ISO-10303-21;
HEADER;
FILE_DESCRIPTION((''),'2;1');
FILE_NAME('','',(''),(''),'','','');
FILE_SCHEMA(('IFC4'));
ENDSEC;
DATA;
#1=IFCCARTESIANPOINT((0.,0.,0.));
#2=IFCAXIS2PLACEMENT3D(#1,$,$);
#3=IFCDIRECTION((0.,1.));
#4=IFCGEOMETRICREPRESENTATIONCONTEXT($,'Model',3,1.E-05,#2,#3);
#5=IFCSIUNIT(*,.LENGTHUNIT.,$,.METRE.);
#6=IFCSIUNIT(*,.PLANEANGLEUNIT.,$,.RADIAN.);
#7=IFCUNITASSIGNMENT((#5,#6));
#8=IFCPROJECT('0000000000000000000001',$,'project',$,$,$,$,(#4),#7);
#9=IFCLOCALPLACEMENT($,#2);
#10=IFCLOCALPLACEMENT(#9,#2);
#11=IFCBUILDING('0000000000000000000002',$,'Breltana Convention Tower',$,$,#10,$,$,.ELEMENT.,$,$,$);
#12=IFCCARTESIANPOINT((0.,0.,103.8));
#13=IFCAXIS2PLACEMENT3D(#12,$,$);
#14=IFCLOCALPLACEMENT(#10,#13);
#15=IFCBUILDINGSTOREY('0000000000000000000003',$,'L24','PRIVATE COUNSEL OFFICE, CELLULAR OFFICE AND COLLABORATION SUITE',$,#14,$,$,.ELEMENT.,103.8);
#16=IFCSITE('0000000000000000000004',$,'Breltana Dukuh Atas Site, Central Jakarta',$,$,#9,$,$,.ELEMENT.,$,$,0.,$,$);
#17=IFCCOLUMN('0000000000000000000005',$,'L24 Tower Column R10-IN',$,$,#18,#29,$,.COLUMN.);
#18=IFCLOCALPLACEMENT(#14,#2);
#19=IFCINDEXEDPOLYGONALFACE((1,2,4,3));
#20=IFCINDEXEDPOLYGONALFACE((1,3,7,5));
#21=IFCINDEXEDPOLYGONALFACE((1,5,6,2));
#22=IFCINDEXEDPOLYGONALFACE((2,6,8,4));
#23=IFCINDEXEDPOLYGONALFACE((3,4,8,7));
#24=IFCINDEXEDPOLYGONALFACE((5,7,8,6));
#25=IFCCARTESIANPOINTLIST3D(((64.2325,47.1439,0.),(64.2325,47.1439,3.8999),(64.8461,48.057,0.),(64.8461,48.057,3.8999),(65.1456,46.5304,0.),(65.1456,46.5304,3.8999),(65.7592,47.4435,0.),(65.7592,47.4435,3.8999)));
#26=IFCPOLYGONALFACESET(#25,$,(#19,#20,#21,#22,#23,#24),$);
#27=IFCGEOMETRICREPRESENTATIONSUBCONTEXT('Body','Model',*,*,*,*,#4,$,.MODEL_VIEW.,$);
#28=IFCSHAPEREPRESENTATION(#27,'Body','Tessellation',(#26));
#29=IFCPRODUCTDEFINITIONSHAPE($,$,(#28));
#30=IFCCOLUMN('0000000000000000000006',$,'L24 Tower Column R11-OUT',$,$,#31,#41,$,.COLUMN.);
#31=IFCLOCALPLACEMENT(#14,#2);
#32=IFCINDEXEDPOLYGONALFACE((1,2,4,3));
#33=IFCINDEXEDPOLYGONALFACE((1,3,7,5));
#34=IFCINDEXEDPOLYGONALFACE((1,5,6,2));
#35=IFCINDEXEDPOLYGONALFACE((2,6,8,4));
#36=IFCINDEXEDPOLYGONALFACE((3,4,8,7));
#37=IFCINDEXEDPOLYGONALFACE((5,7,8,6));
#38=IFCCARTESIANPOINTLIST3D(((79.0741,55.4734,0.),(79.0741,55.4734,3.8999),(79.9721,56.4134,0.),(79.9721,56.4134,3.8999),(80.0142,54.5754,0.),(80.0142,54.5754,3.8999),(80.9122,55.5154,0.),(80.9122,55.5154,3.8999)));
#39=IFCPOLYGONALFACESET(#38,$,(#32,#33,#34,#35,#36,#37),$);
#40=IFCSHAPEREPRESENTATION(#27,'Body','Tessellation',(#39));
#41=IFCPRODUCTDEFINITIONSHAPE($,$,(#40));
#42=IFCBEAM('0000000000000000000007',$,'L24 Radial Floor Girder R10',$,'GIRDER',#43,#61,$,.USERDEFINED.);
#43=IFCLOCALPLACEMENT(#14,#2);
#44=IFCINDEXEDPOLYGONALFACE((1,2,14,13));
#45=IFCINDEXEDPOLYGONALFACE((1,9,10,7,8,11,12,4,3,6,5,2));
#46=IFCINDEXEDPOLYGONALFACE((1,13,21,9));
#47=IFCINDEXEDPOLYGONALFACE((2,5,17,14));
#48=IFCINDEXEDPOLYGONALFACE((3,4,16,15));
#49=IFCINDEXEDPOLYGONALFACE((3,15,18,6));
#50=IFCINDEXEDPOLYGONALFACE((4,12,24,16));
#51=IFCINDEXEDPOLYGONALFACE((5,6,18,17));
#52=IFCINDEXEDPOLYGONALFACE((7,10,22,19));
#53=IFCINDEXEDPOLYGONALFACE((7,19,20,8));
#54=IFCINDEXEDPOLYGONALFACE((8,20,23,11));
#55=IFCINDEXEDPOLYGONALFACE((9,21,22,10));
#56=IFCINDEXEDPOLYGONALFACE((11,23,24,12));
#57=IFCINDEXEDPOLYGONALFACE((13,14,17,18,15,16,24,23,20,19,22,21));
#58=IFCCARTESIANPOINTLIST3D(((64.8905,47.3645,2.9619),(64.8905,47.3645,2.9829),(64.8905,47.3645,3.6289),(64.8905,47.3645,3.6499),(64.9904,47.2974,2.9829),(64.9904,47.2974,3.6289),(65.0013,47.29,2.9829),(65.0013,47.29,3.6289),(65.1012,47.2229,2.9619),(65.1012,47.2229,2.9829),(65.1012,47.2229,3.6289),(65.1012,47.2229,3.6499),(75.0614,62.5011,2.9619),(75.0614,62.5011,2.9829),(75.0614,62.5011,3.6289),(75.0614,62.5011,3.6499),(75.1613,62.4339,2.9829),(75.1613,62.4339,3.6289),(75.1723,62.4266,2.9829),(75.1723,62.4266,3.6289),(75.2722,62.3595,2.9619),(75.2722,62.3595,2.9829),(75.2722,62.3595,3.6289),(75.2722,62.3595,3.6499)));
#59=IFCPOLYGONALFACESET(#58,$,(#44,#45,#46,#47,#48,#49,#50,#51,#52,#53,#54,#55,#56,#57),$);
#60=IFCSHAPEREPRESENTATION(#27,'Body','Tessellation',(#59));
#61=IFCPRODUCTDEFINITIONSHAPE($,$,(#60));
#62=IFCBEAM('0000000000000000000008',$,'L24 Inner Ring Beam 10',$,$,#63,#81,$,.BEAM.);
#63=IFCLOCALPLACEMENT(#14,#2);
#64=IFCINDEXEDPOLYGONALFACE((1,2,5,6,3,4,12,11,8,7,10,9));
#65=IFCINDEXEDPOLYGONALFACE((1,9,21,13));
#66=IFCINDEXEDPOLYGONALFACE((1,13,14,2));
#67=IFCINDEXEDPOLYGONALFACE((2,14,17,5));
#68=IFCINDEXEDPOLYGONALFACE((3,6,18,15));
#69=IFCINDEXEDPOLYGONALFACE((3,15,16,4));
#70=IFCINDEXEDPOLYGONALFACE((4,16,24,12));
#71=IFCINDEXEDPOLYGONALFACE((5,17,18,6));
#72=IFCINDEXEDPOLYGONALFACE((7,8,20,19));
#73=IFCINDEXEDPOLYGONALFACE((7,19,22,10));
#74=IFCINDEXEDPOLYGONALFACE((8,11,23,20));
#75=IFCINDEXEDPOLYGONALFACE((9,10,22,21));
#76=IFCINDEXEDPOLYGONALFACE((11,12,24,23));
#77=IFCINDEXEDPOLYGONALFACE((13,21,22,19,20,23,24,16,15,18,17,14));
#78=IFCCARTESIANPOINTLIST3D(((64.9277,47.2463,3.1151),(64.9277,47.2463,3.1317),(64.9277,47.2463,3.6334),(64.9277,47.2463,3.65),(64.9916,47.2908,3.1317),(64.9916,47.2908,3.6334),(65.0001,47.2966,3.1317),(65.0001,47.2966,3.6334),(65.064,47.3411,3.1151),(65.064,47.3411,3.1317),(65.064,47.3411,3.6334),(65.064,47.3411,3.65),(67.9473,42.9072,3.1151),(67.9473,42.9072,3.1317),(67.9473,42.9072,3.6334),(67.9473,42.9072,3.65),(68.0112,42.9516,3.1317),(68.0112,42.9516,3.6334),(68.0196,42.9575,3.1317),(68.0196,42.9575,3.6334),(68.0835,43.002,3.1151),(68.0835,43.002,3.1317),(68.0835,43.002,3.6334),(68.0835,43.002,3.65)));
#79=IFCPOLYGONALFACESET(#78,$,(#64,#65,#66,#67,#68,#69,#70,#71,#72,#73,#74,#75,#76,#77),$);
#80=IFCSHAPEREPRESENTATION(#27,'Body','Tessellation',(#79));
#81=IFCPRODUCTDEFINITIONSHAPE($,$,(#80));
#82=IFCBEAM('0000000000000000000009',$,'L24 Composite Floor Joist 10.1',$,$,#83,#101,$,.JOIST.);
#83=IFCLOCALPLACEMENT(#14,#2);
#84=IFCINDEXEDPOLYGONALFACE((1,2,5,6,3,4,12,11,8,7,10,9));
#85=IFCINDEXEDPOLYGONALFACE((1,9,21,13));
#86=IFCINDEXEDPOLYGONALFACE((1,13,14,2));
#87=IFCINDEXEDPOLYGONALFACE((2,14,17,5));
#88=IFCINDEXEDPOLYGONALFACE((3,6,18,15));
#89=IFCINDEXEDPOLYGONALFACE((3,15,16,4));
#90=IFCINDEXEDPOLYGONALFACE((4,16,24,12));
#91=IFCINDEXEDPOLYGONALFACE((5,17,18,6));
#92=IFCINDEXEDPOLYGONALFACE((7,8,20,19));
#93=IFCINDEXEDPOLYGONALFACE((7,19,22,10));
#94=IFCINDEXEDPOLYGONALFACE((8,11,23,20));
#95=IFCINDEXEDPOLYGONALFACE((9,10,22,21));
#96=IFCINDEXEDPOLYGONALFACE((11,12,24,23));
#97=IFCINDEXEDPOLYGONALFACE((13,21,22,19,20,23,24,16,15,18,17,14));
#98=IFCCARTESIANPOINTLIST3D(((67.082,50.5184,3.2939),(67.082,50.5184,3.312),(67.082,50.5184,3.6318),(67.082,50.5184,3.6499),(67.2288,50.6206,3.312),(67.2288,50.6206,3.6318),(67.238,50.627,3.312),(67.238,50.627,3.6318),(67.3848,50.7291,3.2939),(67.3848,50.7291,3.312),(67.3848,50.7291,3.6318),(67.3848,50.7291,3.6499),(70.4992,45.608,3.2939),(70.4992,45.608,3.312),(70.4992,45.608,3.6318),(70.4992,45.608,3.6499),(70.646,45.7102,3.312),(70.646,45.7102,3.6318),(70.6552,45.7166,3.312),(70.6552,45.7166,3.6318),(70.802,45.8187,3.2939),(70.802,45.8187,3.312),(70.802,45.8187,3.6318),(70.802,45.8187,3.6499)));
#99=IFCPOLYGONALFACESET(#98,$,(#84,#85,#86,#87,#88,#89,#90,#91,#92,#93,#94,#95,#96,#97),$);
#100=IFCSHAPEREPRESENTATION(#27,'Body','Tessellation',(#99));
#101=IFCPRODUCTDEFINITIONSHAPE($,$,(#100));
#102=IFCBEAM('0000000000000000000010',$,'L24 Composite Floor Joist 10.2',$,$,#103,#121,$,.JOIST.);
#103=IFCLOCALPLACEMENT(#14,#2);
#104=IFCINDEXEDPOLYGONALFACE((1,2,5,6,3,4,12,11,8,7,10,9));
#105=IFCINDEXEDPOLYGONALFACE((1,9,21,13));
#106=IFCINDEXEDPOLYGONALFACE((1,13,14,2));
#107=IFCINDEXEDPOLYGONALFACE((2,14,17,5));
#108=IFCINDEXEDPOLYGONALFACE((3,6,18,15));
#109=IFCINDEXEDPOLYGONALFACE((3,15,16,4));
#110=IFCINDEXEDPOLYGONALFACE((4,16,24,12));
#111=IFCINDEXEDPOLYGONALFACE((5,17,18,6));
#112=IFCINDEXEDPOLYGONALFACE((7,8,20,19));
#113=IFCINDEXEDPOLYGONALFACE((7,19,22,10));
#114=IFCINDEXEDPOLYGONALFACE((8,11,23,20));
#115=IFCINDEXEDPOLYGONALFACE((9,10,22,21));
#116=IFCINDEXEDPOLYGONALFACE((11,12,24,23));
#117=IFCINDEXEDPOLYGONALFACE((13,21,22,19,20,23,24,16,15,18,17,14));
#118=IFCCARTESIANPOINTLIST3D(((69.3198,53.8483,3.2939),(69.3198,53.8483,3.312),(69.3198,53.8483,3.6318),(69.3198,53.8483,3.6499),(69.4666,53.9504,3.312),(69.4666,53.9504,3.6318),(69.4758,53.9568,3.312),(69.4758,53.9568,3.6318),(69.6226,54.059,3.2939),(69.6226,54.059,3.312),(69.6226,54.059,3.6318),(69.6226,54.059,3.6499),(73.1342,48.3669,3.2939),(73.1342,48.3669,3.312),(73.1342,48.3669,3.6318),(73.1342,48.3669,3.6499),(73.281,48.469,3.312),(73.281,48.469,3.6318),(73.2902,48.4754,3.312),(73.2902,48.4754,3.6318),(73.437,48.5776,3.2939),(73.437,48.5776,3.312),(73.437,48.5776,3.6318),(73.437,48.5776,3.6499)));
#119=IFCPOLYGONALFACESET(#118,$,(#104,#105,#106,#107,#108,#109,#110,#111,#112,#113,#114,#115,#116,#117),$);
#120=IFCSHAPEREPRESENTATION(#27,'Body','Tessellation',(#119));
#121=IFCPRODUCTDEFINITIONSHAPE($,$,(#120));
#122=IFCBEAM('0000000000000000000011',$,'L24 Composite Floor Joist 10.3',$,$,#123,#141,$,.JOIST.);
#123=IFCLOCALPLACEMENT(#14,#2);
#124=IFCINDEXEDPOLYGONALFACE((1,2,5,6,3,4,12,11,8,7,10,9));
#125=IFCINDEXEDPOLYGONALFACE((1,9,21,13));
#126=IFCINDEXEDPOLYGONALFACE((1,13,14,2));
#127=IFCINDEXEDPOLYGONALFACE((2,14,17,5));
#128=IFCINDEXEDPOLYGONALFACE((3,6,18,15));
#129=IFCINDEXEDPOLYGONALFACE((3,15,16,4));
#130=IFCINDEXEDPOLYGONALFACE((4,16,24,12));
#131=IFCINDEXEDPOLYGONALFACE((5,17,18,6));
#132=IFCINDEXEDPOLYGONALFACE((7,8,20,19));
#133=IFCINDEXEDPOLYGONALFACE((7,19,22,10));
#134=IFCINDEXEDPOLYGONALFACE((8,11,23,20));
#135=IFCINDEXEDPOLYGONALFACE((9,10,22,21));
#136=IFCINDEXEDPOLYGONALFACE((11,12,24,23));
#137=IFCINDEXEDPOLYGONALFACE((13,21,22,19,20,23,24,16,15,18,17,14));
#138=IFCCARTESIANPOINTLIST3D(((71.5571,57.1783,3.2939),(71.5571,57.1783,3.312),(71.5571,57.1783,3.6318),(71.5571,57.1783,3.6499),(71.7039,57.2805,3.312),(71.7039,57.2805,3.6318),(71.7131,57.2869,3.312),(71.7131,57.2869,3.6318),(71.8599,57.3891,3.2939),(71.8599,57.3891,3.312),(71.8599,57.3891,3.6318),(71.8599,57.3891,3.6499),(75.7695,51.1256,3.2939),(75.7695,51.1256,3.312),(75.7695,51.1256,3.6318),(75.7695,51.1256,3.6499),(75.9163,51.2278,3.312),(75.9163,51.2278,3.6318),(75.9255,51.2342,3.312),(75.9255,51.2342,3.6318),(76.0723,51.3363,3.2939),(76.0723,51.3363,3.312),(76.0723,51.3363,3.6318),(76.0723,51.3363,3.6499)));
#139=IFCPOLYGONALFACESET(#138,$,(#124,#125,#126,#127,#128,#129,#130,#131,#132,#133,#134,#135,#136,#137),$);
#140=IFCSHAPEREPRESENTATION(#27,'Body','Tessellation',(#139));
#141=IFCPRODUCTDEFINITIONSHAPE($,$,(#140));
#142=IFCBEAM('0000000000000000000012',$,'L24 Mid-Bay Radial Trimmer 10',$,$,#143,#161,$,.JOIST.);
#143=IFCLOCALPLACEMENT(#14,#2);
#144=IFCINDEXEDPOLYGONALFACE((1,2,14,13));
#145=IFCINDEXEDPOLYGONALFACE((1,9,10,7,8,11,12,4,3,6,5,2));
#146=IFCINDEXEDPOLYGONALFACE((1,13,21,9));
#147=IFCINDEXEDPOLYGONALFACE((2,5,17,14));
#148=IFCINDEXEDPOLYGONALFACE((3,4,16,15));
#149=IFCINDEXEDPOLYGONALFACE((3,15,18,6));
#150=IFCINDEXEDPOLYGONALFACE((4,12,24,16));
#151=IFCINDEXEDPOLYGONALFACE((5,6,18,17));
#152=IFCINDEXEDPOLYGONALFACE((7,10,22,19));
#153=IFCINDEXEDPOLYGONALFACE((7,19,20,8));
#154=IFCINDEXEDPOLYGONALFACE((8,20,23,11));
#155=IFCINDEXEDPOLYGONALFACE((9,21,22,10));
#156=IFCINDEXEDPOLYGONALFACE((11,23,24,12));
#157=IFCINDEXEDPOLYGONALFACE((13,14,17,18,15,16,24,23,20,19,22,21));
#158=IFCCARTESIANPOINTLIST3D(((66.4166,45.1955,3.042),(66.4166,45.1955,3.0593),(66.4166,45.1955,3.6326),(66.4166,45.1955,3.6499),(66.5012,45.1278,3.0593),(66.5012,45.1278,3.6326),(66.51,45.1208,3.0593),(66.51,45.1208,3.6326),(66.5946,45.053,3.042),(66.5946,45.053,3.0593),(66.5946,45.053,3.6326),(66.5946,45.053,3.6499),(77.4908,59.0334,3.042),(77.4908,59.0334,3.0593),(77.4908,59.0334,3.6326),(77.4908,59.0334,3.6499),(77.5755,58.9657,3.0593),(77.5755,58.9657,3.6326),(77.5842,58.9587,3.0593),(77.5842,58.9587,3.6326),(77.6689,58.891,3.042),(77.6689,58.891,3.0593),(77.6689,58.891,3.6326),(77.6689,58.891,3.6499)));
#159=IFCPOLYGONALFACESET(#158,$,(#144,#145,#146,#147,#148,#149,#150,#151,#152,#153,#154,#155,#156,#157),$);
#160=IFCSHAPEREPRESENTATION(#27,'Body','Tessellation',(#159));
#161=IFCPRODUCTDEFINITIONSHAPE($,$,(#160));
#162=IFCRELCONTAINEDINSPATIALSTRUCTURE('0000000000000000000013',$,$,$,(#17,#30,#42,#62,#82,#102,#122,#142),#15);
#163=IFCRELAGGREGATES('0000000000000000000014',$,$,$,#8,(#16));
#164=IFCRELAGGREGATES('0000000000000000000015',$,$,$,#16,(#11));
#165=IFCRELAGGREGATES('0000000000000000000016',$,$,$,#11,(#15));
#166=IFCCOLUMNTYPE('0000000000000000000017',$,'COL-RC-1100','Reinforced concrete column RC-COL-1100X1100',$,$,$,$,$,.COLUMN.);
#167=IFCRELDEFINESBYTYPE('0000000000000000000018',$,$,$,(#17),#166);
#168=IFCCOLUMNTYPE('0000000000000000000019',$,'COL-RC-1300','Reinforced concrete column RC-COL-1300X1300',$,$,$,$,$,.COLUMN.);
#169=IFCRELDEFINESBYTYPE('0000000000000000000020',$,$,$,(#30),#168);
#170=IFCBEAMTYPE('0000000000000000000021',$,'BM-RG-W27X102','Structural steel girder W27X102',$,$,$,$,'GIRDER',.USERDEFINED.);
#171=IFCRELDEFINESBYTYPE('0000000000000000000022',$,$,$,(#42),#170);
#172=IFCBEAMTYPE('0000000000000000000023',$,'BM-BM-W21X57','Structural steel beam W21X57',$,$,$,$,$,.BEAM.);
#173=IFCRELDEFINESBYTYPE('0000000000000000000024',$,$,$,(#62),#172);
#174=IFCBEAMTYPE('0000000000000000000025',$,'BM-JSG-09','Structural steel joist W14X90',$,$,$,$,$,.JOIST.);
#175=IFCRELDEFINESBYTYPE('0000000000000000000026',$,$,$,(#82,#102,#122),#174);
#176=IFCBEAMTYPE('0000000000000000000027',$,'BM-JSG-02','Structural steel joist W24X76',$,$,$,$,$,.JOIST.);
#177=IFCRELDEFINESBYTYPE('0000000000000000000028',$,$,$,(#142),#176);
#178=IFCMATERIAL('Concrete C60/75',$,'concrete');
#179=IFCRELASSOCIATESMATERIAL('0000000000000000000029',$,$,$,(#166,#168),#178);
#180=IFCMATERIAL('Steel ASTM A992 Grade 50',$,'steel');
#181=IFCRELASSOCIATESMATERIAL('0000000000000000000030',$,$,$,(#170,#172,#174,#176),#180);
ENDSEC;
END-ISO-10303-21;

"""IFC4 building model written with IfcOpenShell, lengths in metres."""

from ifc_helpers import new_model, si_unit, direction, frame, origin, origin_2d, place, context, subcontext, project, spatial, rectangle, i_section, extrude, source, transform, mapped, material, material_profile, profile_set, type_object, element, save


model = new_model("IFC4")

# Units and contexts
model_context = context("Model", 3, precision=1e-05, world=origin(), true_north=direction((0.0, 1.0)))
body_context = subcontext(model_context, "Body", "Model", "MODEL_VIEW")
ifc_project = project(units=[si_unit("LENGTHUNIT", "METRE"), si_unit("PLANEANGLEUNIT", "RADIAN")], contexts=[model_context])

# Site, building, storey
site_placement = place(None, origin())
site = spatial("IfcSite", under=ifc_project, at=site_placement, Name="Breltana Dukuh Atas Site, Central Jakarta", CompositionType="ELEMENT", RefElevation=0.0)
building_placement = place(site_placement, origin())
building = spatial("IfcBuilding", under=site, at=building_placement, Name="Breltana Convention Tower", CompositionType="ELEMENT")
storey_placement = place(building_placement, frame((0.0, 0.0, 103.8)))
storey = spatial("IfcBuildingStorey", under=building, at=storey_placement, Name="L24", Description="PRIVATE COUNSEL OFFICE, CELLULAR OFFICE AND COLLABORATION SUITE", CompositionType="ELEMENT", Elevation=103.8)

# Columns
ifc_material_1 = material(Name="Concrete C60/75", Category="concrete")
ifc_material_profile_1 = material_profile(ifc_material_1, rectangle(XDim=1.1001, YDim=1.1001, at=origin_2d()), Name="RC-COL-1100X1100")
ifc_profile_set_1 = profile_set([ifc_material_profile_1], Name="Concrete C60/75")
column_type_1 = type_object("IfcColumnType", Name="COL-RC-1100", Description="Reinforced concrete column RC-COL-1100X1100", PredefinedType="COLUMN", material=ifc_profile_set_1)
shared_shape_1 = source(origin(), body_context, "Body", "SweptSolid", [
    extrude(rectangle(XDim=1.1001, YDim=1.1001, at=origin_2d()), origin(), (0.0, 0.0, 1.0), 3.8999),
])
column_1_placement = place(storey_placement, frame((64.9958, 47.2937, 0.0), z_axis=(0.0, 0.0, 1.0), x_axis=(0.557745, 0.830012, 0.0)))
element("IfcColumn", 1, at=column_1_placement, inside=storey, type_object=column_type_1, Name="L24 Tower Column R10-IN", PredefinedType="COLUMN", context=body_context, shape_type="MappedRepresentation", body=[
    mapped(shared_shape_1, transform((0.0, 0.0, 0.0), scale=1.0)),
])
ifc_material_profile_2 = material_profile(ifc_material_1, rectangle(XDim=1.3, YDim=1.3, at=origin_2d()), Name="RC-COL-1300X1300")
ifc_profile_set_2 = profile_set([ifc_material_profile_2], Name="Concrete C60/75")
column_type_2 = type_object("IfcColumnType", Name="COL-RC-1300", Description="Reinforced concrete column RC-COL-1300X1300", PredefinedType="COLUMN", material=ifc_profile_set_2)
shared_shape_2 = source(origin(), body_context, "Body", "SweptSolid", [
    extrude(rectangle(XDim=1.3, YDim=1.3, at=origin_2d()), origin(), (0.0, 0.0, 1.0), 3.8999),
])
column_2_placement = place(storey_placement, frame((79.9932, 55.4944, 0.0), z_axis=(0.0, 0.0, 1.0), x_axis=(0.690756, 0.723088, 0.0)))
element("IfcColumn", 2, at=column_2_placement, inside=storey, type_object=column_type_2, Name="L24 Tower Column R11-OUT", PredefinedType="COLUMN", context=body_context, shape_type="MappedRepresentation", body=[
    mapped(shared_shape_2, transform((0.0, 0.0, 0.0), scale=1.0)),
])

# Beams
ifc_material_2 = material(Name="Steel ASTM A992 Grade 50", Category="steel")
ifc_material_profile_3 = material_profile(ifc_material_2, i_section(OverallWidth=0.2539, OverallDepth=0.688, WebThickness=0.0132, FlangeThickness=0.021, at=origin_2d()), Name="W27X102")
ifc_profile_set_3 = profile_set([ifc_material_profile_3], Name="Steel ASTM A992 Grade 50")
beam_type_1 = type_object("IfcBeamType", Name="BM-RG-W27X102", Description="Structural steel girder W27X102", ElementType="GIRDER", PredefinedType="USERDEFINED", material=ifc_profile_set_3)
shared_shape_3 = source(origin(), body_context, "Body", "SweptSolid", [
    extrude(i_section(OverallWidth=0.2539, OverallDepth=0.688, WebThickness=0.0132, FlangeThickness=0.021, at=origin_2d()), origin(), (0.0, 0.0, 1.0), 18.2363),
])
beam_1_placement = place(storey_placement, frame((64.9958, 47.2937, 3.3059), z_axis=(0.55773, 0.830022, 0.0), x_axis=(-0.830022, 0.55773, 0.0)))
element("IfcBeam", 3, at=beam_1_placement, inside=storey, type_object=beam_type_1, Name="L24 Radial Floor Girder R10", ObjectType="GIRDER", PredefinedType="USERDEFINED", context=body_context, shape_type="MappedRepresentation", body=[
    mapped(shared_shape_3, transform((0.0, 0.0, 0.0), scale=1.0)),
])
ifc_material_profile_4 = material_profile(ifc_material_2, i_section(OverallWidth=0.166, OverallDepth=0.5349, WebThickness=0.0103, FlangeThickness=0.0166, at=origin_2d()), Name="W21X57")
ifc_profile_set_4 = profile_set([ifc_material_profile_4], Name="Steel ASTM A992 Grade 50")
beam_type_2 = type_object("IfcBeamType", Name="BM-BM-W21X57", Description="Structural steel beam W21X57", PredefinedType="BEAM", material=ifc_profile_set_4)
shared_shape_4 = source(origin(), body_context, "Body", "SweptSolid", [
    extrude(i_section(OverallWidth=0.166, OverallDepth=0.5349, WebThickness=0.0103, FlangeThickness=0.0166, at=origin_2d()), origin(), (0.0, 0.0, 1.0), 5.2864),
])
beam_2_placement = place(storey_placement, frame((64.9958, 47.2937, 3.3826), z_axis=(0.571194, -0.820815, 0.0), x_axis=(0.820815, 0.571194, 0.0)))
element("IfcBeam", 4, at=beam_2_placement, inside=storey, type_object=beam_type_2, Name="L24 Inner Ring Beam 10", PredefinedType="BEAM", context=body_context, shape_type="MappedRepresentation", body=[
    mapped(shared_shape_4, transform((0.0, 0.0, 0.0), scale=1.0)),
])
ifc_material_profile_5 = material_profile(ifc_material_2, i_section(OverallWidth=0.3689, OverallDepth=0.356, WebThickness=0.0112, FlangeThickness=0.0181, at=origin_2d()), Name="W14X90")
ifc_profile_set_5 = profile_set([ifc_material_profile_5], Name="Steel ASTM A992 Grade 50")
beam_type_3 = type_object("IfcBeamType", Name="BM-JSG-09", Description="Structural steel joist W14X90", PredefinedType="JOIST", material=ifc_profile_set_5)
shared_shape_5 = source(origin(), body_context, "Body", "SweptSolid", [
    extrude(i_section(OverallWidth=0.3689, OverallDepth=0.356, WebThickness=0.0112, FlangeThickness=0.0181, at=origin_2d()), origin(), (0.0, 0.0, 1.0), 5.9824),
])
beam_3_placement = place(storey_placement, frame((67.2334, 50.6238, 3.4719), z_axis=(0.571212, -0.820803, 0.0), x_axis=(0.820803, 0.571212, 0.0)))
element("IfcBeam", 5, at=beam_3_placement, inside=storey, type_object=beam_type_3, Name="L24 Composite Floor Joist 10.1", PredefinedType="JOIST", context=body_context, shape_type="MappedRepresentation", body=[
    mapped(shared_shape_5, transform((0.0, 0.0, 0.0), scale=1.0)),
])
shared_shape_6 = source(origin(), body_context, "Body", "SweptSolid", [
    extrude(i_section(OverallWidth=0.3689, OverallDepth=0.356, WebThickness=0.0112, FlangeThickness=0.0181, at=origin_2d()), origin(), (0.0, 0.0, 1.0), 6.678),
])
beam_4_placement = place(storey_placement, frame((69.4712, 53.9536, 3.4719), z_axis=(0.571193, -0.820816, 0.0), x_axis=(0.820816, 0.571193, 0.0)))
element("IfcBeam", 6, at=beam_4_placement, inside=storey, type_object=beam_type_3, Name="L24 Composite Floor Joist 10.2", PredefinedType="JOIST", context=body_context, shape_type="MappedRepresentation", body=[
    mapped(shared_shape_6, transform((0.0, 0.0, 0.0), scale=1.0)),
])
shared_shape_7 = source(origin(), body_context, "Body", "SweptSolid", [
    extrude(i_section(OverallWidth=0.3689, OverallDepth=0.356, WebThickness=0.0112, FlangeThickness=0.0181, at=origin_2d()), origin(), (0.0, 0.0, 1.0), 7.3743),
])
beam_5_placement = place(storey_placement, frame((71.7085, 57.2837, 3.4719), z_axis=(0.571229, -0.82079, 0.0), x_axis=(0.82079, 0.571229, 0.0)))
element("IfcBeam", 7, at=beam_5_placement, inside=storey, type_object=beam_type_3, Name="L24 Composite Floor Joist 10.3", PredefinedType="JOIST", context=body_context, shape_type="MappedRepresentation", body=[
    mapped(shared_shape_7, transform((0.0, 0.0, 0.0), scale=1.0)),
])
ifc_material_profile_6 = material_profile(ifc_material_2, i_section(OverallWidth=0.228, OverallDepth=0.6079, WebThickness=0.0112, FlangeThickness=0.0173, at=origin_2d()), Name="W24X76")
ifc_profile_set_6 = profile_set([ifc_material_profile_6], Name="Steel ASTM A992 Grade 50")
beam_type_4 = type_object("IfcBeamType", Name="BM-JSG-02", Description="Structural steel joist W24X76", PredefinedType="JOIST", material=ifc_profile_set_6)
shared_shape_8 = source(origin(), body_context, "Body", "SweptSolid", [
    extrude(i_section(OverallWidth=0.228, OverallDepth=0.6079, WebThickness=0.0112, FlangeThickness=0.0173, at=origin_2d()), origin(), (0.0, 0.0, 1.0), 17.7236),
])
beam_6_placement = place(storey_placement, frame((66.5056, 45.1243, 3.3459), z_axis=(0.624829, 0.780761, 0.0), x_axis=(-0.780761, 0.624829, 0.0)))
element("IfcBeam", 8, at=beam_6_placement, inside=storey, type_object=beam_type_4, Name="L24 Mid-Bay Radial Trimmer 10", PredefinedType="JOIST", context=body_context, shape_type="MappedRepresentation", body=[
    mapped(shared_shape_8, transform((0.0, 0.0, 0.0), scale=1.0)),
])

save(model, "model.ifc")
